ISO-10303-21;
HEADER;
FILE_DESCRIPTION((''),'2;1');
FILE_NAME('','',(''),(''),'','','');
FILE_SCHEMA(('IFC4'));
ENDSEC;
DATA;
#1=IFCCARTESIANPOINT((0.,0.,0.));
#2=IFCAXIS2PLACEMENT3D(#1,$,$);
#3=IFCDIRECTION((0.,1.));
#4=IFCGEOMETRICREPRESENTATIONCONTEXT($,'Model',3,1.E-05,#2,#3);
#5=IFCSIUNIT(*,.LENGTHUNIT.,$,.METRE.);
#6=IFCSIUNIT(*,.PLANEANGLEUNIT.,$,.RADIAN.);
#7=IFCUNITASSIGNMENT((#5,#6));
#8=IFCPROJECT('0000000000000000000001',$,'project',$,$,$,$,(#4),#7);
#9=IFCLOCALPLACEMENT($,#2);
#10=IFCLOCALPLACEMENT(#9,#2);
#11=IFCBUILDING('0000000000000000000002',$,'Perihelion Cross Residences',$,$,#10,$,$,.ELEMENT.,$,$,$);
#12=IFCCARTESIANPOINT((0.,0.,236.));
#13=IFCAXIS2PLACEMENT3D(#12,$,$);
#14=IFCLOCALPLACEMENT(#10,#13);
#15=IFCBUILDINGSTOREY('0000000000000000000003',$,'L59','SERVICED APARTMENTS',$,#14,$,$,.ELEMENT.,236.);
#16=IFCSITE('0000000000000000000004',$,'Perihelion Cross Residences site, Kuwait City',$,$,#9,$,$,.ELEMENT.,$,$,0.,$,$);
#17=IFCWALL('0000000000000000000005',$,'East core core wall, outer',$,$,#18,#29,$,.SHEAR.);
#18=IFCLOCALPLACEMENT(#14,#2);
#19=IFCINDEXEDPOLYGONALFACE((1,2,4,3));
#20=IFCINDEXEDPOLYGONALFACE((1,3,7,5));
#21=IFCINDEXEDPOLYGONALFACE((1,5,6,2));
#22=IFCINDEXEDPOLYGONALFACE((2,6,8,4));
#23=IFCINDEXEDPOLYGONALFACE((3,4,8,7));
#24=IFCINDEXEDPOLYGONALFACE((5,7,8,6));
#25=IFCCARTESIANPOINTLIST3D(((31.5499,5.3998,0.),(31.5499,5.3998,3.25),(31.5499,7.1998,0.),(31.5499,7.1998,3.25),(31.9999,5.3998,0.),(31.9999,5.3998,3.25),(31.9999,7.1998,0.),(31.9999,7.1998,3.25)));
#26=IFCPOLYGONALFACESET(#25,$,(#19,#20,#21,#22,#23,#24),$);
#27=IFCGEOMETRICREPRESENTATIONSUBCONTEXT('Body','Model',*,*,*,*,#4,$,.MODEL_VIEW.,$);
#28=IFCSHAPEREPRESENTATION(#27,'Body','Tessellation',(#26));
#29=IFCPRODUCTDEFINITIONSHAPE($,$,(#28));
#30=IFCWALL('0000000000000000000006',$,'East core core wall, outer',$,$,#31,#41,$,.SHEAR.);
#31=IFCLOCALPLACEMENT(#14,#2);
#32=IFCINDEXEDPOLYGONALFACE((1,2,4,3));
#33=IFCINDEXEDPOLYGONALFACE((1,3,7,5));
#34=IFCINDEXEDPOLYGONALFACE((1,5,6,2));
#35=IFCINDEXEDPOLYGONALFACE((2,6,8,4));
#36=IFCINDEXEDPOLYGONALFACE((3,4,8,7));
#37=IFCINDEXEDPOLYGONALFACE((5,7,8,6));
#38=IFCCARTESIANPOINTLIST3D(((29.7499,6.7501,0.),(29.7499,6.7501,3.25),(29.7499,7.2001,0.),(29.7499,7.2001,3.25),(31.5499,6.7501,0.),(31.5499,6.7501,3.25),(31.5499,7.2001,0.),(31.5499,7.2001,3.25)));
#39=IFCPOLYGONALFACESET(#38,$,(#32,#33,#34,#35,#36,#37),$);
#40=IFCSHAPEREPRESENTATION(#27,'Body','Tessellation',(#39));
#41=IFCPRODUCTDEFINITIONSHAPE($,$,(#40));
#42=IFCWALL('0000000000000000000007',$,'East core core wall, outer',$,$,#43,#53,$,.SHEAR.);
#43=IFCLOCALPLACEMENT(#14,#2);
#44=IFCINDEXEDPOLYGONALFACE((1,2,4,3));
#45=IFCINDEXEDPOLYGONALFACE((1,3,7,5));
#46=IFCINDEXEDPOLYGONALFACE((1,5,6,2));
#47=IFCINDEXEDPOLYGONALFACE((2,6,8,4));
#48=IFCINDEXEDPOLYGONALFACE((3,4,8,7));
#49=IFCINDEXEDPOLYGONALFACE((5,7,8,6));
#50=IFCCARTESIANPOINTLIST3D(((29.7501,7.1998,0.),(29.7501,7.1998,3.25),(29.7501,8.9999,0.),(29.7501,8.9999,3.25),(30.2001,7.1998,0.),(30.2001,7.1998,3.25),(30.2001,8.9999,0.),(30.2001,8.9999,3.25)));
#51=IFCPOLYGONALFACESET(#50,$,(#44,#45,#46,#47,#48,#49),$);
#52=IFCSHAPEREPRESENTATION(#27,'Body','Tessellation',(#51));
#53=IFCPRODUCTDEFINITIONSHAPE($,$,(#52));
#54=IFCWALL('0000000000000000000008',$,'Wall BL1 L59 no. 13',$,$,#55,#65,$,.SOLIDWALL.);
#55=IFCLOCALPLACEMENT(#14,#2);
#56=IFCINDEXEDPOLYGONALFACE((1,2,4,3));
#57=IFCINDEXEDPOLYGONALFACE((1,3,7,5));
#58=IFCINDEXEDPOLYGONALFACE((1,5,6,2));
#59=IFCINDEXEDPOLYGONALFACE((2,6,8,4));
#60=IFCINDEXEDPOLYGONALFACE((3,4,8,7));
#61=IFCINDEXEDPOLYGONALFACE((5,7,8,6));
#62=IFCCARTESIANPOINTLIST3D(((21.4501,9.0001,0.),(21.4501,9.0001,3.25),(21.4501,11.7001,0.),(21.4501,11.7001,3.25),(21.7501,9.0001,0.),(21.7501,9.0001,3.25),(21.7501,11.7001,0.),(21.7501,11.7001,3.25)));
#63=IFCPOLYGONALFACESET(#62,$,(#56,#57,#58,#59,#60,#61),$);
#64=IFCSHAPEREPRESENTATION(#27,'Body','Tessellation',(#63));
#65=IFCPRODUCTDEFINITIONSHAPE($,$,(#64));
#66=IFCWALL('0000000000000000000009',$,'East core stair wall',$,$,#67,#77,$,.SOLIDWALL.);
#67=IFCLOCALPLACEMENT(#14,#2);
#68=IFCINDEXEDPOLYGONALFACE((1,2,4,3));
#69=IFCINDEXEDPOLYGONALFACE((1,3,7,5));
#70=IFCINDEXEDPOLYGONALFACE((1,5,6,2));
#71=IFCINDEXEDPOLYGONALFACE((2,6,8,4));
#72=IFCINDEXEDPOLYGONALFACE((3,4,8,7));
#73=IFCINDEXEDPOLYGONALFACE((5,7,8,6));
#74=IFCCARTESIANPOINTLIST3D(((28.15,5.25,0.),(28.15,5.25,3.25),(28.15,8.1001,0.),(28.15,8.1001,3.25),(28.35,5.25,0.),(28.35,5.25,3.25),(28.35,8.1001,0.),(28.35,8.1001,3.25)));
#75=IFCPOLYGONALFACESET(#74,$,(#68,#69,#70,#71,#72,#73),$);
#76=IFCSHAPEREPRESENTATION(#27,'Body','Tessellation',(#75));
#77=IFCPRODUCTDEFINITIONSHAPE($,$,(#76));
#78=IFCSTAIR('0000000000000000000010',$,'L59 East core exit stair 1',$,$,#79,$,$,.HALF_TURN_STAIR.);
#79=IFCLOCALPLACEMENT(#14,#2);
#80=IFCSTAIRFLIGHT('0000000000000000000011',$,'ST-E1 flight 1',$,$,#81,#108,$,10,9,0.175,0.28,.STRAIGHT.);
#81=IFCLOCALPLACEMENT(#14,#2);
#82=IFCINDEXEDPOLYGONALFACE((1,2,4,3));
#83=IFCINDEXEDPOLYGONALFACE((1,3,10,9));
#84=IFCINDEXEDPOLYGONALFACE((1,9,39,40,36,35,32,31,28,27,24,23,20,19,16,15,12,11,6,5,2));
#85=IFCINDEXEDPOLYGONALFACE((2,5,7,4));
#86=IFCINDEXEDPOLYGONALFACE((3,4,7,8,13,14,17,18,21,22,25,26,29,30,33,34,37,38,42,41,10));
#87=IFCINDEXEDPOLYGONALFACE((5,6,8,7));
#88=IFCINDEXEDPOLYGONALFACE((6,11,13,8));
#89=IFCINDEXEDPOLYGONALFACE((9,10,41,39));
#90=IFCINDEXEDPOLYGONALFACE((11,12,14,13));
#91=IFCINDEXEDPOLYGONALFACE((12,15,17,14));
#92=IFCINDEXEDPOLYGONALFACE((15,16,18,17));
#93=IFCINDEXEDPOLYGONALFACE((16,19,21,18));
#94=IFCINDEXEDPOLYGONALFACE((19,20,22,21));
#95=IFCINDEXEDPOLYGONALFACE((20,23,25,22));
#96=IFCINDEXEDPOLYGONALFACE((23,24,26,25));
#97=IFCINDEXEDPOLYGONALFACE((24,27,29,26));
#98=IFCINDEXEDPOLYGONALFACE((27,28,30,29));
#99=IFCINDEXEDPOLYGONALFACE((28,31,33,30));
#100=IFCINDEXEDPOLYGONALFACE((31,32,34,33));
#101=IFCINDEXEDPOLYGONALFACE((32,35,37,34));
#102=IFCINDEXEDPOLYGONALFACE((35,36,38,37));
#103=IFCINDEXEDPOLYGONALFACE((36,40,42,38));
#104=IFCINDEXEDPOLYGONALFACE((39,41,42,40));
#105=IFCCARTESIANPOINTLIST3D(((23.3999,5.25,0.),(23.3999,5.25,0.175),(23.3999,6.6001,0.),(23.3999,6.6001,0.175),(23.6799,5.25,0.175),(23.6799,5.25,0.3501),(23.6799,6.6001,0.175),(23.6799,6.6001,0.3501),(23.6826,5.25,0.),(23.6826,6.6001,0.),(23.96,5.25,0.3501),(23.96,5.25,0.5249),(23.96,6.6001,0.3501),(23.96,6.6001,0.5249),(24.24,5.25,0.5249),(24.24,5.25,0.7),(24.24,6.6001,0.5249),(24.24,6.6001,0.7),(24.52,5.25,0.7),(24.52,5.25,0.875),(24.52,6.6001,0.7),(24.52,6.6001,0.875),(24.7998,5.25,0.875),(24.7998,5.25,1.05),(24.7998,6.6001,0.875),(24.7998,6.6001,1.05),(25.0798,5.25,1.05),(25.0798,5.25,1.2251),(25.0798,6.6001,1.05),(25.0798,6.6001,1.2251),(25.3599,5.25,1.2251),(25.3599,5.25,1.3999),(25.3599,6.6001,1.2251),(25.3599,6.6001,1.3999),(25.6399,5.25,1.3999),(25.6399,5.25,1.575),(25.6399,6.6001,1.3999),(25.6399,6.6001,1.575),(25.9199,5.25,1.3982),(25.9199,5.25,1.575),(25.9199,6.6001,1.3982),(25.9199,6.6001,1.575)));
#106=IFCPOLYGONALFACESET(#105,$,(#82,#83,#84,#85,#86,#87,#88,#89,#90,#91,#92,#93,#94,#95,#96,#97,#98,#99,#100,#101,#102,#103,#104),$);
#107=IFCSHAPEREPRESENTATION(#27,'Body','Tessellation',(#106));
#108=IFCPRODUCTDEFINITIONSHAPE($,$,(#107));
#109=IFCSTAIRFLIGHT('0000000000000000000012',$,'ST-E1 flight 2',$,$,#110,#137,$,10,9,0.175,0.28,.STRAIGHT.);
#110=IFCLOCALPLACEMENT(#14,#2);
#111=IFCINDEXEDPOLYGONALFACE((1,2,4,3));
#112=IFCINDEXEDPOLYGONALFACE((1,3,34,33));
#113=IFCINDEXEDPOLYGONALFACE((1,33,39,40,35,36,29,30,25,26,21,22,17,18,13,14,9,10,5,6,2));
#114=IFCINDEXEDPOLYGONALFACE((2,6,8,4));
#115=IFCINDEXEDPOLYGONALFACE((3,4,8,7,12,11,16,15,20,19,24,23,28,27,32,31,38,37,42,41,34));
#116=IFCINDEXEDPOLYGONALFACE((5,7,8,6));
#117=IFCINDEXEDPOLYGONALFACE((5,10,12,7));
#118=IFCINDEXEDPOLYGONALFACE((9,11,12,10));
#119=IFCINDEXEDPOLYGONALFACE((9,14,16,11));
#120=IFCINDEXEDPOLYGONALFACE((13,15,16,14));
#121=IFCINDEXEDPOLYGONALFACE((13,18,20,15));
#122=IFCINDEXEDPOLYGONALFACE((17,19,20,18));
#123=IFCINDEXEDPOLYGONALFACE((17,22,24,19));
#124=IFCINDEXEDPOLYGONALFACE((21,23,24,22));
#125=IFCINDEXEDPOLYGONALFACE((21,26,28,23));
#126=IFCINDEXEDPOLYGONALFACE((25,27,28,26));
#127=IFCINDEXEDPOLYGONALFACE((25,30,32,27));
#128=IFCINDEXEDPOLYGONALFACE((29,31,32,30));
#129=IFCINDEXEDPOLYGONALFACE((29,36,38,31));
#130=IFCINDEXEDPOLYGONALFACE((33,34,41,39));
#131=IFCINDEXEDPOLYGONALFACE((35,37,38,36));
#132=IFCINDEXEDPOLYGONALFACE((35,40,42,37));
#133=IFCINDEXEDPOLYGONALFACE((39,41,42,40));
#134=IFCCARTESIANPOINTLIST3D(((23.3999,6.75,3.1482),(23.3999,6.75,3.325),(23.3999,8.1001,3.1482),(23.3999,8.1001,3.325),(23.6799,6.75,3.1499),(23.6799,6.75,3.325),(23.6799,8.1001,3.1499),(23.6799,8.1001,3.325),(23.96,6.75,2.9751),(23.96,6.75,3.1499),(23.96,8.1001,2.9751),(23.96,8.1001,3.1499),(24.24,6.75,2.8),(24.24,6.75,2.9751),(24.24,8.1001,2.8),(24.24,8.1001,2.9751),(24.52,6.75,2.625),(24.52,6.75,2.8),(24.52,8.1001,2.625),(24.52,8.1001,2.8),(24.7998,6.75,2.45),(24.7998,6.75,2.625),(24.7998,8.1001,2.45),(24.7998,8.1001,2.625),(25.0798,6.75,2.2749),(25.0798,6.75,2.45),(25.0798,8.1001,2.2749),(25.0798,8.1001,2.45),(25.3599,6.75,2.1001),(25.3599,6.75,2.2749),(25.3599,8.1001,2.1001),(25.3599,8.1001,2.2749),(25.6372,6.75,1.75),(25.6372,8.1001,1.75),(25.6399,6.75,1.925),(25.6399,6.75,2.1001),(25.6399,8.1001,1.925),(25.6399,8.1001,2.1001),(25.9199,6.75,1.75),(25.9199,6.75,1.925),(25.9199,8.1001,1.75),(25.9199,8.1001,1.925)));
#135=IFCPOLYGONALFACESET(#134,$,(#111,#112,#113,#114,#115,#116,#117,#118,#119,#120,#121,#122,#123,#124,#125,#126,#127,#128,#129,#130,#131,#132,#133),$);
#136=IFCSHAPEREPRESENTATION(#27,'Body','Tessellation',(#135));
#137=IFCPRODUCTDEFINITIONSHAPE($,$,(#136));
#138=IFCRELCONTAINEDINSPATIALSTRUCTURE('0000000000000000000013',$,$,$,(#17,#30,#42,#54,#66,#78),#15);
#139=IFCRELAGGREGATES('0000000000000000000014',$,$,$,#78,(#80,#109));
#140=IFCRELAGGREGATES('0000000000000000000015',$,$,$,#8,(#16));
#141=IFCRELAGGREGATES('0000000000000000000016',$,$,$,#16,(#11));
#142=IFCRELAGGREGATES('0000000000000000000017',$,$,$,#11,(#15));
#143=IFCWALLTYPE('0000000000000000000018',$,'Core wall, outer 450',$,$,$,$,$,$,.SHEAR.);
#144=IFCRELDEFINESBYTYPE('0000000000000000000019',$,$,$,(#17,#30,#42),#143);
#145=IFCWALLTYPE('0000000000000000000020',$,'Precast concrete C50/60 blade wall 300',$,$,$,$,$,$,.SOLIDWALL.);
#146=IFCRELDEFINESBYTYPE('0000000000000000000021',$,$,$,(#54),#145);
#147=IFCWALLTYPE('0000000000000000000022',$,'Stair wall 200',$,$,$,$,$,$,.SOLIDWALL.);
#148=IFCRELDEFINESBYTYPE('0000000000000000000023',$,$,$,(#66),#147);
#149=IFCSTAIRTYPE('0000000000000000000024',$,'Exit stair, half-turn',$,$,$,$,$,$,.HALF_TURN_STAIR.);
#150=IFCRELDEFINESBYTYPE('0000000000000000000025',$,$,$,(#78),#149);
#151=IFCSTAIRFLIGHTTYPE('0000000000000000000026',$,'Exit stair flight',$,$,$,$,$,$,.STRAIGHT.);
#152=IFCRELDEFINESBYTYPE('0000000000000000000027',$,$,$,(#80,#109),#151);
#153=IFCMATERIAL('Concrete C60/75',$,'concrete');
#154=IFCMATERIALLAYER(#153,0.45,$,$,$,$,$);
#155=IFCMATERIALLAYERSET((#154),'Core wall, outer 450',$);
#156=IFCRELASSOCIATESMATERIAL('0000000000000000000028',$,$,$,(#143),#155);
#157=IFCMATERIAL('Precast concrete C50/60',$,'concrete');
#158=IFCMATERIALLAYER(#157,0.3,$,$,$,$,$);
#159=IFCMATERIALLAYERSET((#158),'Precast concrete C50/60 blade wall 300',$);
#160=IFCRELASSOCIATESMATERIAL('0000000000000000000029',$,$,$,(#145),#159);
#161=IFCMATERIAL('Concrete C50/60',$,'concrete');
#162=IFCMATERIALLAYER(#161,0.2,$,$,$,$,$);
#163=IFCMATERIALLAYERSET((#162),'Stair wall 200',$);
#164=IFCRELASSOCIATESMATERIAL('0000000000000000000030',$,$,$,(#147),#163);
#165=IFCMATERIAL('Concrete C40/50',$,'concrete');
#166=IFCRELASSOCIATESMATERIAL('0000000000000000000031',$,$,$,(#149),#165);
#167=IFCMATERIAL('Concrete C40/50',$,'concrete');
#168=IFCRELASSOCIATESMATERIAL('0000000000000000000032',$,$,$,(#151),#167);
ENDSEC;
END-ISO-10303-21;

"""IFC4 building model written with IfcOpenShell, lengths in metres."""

from ifc_helpers import new_model, si_unit, direction, frame, frame_2d, origin, place, context, subcontext, project, spatial, polyline, rectangle, outline, extrude, material, layer, layer_set, type_object, element, aggregate, save


model = new_model("IFC4")

# Units and contexts
model_context = context("Model", 3, precision=1e-05, world=origin(), true_north=direction((0.0, 1.0)))
body_context = subcontext(model_context, "Body", "Model", "MODEL_VIEW")
ifc_project = project(units=[si_unit("LENGTHUNIT", "METRE"), si_unit("PLANEANGLEUNIT", "RADIAN")], contexts=[model_context])

# Site, building, storey
site_placement = place(None, origin())
site = spatial("IfcSite", under=ifc_project, at=site_placement, Name="Perihelion Cross Residences site, Kuwait City", CompositionType="ELEMENT", RefElevation=0.0)
building_placement = place(site_placement, origin())
building = spatial("IfcBuilding", under=site, at=building_placement, Name="Perihelion Cross Residences", CompositionType="ELEMENT")
storey_placement = place(building_placement, frame((0.0, 0.0, 236.0)))
storey = spatial("IfcBuildingStorey", under=building, at=storey_placement, Name="L59", Description="SERVICED APARTMENTS", CompositionType="ELEMENT", Elevation=236.0)

# Walls
ifc_material_1 = material(Name="Concrete C60/75", Category="concrete")
ifc_layer_1 = layer(ifc_material_1, 0.45)
ifc_layer_set_1 = layer_set([ifc_layer_1], Name="Core wall, outer 450")
wall_type_1 = type_object("IfcWallType", Name="Core wall, outer 450", PredefinedType="SHEAR", material=ifc_layer_set_1)
for number, where, z_axis, x_axis, name in (
    (1, (31.7749, 5.3999, 0.0), (0.0, 0.0, 1.0), (0.0, 1.0, 0.0), "East core core wall, outer"),
    (2, (29.75, 6.9751, 0.0), (0.0, 0.0, 1.0), (1.0, 0.0, 0.0), "East core core wall, outer"),
    (3, (29.9751, 7.2, 0.0), (0.0, 0.0, 1.0), (0.0, 1.0, 0.0), "East core core wall, outer"),
):
    element("IfcWall", number, at=place(storey_placement, frame(where, z_axis=z_axis, x_axis=x_axis)), inside=storey, type_object=wall_type_1, Name=name, PredefinedType="SHEAR", context=body_context, shape_type="SweptSolid", body=[
        extrude(rectangle(XDim=1.8, YDim=0.45, at=frame_2d((0.8999, 0.0))), origin(), (0.0, 0.0, 1.0), 3.25),
    ])
ifc_material_2 = material(Name="Precast concrete C50/60", Category="concrete")
ifc_layer_2 = layer(ifc_material_2, 0.3)
ifc_layer_set_2 = layer_set([ifc_layer_2], Name="Precast concrete C50/60 blade wall 300")
wall_type_2 = type_object("IfcWallType", Name="Precast concrete C50/60 blade wall 300", PredefinedType="SOLIDWALL", material=ifc_layer_set_2)
wall_1_placement = place(storey_placement, frame((21.6001, 9.0, 0.0), z_axis=(0.0, 0.0, 1.0), x_axis=(0.0, 1.0, 0.0)))
element("IfcWall", 4, at=wall_1_placement, inside=storey, type_object=wall_type_2, Name="Wall BL1 L59 no. 13", PredefinedType="SOLIDWALL", context=body_context, shape_type="SweptSolid", body=[
    extrude(rectangle(XDim=2.7, YDim=0.3, at=frame_2d((1.3501, 0.0))), origin(), (0.0, 0.0, 1.0), 3.25),
])
ifc_material_3 = material(Name="Concrete C50/60", Category="concrete")
ifc_layer_3 = layer(ifc_material_3, 0.2)
ifc_layer_set_3 = layer_set([ifc_layer_3], Name="Stair wall 200")
wall_type_3 = type_object("IfcWallType", Name="Stair wall 200", PredefinedType="SOLIDWALL", material=ifc_layer_set_3)
wall_2_placement = place(storey_placement, frame((28.25, 5.25, 0.0), z_axis=(0.0, 0.0, 1.0), x_axis=(0.0, 1.0, 0.0)))
element("IfcWall", 5, at=wall_2_placement, inside=storey, type_object=wall_type_3, Name="East core stair wall", PredefinedType="SOLIDWALL", context=body_context, shape_type="SweptSolid", body=[
    extrude(rectangle(XDim=2.8501, YDim=0.2, at=frame_2d((1.425, 0.0))), origin(), (0.0, 0.0, 1.0), 3.25),
])

# Stair, stair flights
ifc_material_4 = material(Name="Concrete C40/50", Category="concrete")
stair_type = type_object("IfcStairType", Name="Exit stair, half-turn", PredefinedType="HALF_TURN_STAIR", material=ifc_material_4)
stair_placement = place(storey_placement, origin())
stair = element("IfcStair", 6, at=stair_placement, inside=storey, type_object=stair_type, Name="L59 East core exit stair 1", PredefinedType="HALF_TURN_STAIR")
ifc_material_5 = material(Name="Concrete C40/50", Category="concrete")
stair_flight_type = type_object("IfcStairFlightType", Name="Exit stair flight", PredefinedType="STRAIGHT", material=ifc_material_5)
stair_flight_1_placement = place(storey_placement, frame((23.3999, 5.925, 0.0), z_axis=(0.0, 0.0, 1.0), x_axis=(1.0, 0.0, 0.0)))
stair_flight_1 = element("IfcStairFlight", 7, at=stair_flight_1_placement, type_object=stair_flight_type, Name="ST-E1 flight 1", NumberOfRisers=10, NumberOfTreads=9, PredefinedType="STRAIGHT", RiserHeight=0.175, TreadLength=0.28, context=body_context, shape_type="SweptSolid", body=[
    extrude(outline(polyline([(0.0, 0.0), (0.0, 0.175), (0.28, 0.175), (0.28, 0.3501), (0.5601, 0.3501), (0.5601, 0.5249), (0.8401, 0.5249), (0.8401, 0.7), (1.1201, 0.7), (1.1201, 0.875), (1.3999, 0.875), (1.3999, 1.05), (1.6799, 1.05), (1.6799, 1.2251), (1.96, 1.2251), (1.96, 1.3999), (2.24, 1.3999), (2.24, 1.575), (2.52, 1.575), (2.52, 1.75), (2.52, 1.3982), (0.2827, 0.0), (0.0, 0.0)])), frame((0.0, 0.675, 0.0), z_axis=(0.0, -1.0, 0.0), x_axis=(1.0, 0.0, 0.0)), (0.0, 0.0, 1.0), 1.3501),
])
stair_flight_2_placement = place(storey_placement, frame((25.9199, 7.425, 1.75), z_axis=(0.0, 0.0, 1.0), x_axis=(-1.0, 0.0, 0.0)))
stair_flight_2 = element("IfcStairFlight", 8, at=stair_flight_2_placement, type_object=stair_flight_type, Name="ST-E1 flight 2", NumberOfRisers=10, NumberOfTreads=9, PredefinedType="STRAIGHT", RiserHeight=0.175, TreadLength=0.28, context=body_context, shape_type="SweptSolid", body=[
    extrude(outline(polyline([(0.0, 0.0), (0.0, 0.175), (0.28, 0.175), (0.28, 0.3501), (0.5601, 0.3501), (0.5601, 0.5249), (0.8401, 0.5249), (0.8401, 0.7), (1.1201, 0.7), (1.1201, 0.875), (1.3999, 0.875), (1.3999, 1.05), (1.6799, 1.05), (1.6799, 1.2251), (1.96, 1.2251), (1.96, 1.3999), (2.24, 1.3999), (2.24, 1.575), (2.52, 1.575), (2.52, 1.75), (2.52, 1.3982), (0.2827, 0.0), (0.0, 0.0)])), frame((0.0, 0.675, 0.0), z_axis=(0.0, -1.0, 0.0), x_axis=(1.0, 0.0, 0.0)), (0.0, 0.0, 1.0), 1.3501),
])
aggregate(stair, [stair_flight_1, stair_flight_2])

save(model, "model.ifc")
